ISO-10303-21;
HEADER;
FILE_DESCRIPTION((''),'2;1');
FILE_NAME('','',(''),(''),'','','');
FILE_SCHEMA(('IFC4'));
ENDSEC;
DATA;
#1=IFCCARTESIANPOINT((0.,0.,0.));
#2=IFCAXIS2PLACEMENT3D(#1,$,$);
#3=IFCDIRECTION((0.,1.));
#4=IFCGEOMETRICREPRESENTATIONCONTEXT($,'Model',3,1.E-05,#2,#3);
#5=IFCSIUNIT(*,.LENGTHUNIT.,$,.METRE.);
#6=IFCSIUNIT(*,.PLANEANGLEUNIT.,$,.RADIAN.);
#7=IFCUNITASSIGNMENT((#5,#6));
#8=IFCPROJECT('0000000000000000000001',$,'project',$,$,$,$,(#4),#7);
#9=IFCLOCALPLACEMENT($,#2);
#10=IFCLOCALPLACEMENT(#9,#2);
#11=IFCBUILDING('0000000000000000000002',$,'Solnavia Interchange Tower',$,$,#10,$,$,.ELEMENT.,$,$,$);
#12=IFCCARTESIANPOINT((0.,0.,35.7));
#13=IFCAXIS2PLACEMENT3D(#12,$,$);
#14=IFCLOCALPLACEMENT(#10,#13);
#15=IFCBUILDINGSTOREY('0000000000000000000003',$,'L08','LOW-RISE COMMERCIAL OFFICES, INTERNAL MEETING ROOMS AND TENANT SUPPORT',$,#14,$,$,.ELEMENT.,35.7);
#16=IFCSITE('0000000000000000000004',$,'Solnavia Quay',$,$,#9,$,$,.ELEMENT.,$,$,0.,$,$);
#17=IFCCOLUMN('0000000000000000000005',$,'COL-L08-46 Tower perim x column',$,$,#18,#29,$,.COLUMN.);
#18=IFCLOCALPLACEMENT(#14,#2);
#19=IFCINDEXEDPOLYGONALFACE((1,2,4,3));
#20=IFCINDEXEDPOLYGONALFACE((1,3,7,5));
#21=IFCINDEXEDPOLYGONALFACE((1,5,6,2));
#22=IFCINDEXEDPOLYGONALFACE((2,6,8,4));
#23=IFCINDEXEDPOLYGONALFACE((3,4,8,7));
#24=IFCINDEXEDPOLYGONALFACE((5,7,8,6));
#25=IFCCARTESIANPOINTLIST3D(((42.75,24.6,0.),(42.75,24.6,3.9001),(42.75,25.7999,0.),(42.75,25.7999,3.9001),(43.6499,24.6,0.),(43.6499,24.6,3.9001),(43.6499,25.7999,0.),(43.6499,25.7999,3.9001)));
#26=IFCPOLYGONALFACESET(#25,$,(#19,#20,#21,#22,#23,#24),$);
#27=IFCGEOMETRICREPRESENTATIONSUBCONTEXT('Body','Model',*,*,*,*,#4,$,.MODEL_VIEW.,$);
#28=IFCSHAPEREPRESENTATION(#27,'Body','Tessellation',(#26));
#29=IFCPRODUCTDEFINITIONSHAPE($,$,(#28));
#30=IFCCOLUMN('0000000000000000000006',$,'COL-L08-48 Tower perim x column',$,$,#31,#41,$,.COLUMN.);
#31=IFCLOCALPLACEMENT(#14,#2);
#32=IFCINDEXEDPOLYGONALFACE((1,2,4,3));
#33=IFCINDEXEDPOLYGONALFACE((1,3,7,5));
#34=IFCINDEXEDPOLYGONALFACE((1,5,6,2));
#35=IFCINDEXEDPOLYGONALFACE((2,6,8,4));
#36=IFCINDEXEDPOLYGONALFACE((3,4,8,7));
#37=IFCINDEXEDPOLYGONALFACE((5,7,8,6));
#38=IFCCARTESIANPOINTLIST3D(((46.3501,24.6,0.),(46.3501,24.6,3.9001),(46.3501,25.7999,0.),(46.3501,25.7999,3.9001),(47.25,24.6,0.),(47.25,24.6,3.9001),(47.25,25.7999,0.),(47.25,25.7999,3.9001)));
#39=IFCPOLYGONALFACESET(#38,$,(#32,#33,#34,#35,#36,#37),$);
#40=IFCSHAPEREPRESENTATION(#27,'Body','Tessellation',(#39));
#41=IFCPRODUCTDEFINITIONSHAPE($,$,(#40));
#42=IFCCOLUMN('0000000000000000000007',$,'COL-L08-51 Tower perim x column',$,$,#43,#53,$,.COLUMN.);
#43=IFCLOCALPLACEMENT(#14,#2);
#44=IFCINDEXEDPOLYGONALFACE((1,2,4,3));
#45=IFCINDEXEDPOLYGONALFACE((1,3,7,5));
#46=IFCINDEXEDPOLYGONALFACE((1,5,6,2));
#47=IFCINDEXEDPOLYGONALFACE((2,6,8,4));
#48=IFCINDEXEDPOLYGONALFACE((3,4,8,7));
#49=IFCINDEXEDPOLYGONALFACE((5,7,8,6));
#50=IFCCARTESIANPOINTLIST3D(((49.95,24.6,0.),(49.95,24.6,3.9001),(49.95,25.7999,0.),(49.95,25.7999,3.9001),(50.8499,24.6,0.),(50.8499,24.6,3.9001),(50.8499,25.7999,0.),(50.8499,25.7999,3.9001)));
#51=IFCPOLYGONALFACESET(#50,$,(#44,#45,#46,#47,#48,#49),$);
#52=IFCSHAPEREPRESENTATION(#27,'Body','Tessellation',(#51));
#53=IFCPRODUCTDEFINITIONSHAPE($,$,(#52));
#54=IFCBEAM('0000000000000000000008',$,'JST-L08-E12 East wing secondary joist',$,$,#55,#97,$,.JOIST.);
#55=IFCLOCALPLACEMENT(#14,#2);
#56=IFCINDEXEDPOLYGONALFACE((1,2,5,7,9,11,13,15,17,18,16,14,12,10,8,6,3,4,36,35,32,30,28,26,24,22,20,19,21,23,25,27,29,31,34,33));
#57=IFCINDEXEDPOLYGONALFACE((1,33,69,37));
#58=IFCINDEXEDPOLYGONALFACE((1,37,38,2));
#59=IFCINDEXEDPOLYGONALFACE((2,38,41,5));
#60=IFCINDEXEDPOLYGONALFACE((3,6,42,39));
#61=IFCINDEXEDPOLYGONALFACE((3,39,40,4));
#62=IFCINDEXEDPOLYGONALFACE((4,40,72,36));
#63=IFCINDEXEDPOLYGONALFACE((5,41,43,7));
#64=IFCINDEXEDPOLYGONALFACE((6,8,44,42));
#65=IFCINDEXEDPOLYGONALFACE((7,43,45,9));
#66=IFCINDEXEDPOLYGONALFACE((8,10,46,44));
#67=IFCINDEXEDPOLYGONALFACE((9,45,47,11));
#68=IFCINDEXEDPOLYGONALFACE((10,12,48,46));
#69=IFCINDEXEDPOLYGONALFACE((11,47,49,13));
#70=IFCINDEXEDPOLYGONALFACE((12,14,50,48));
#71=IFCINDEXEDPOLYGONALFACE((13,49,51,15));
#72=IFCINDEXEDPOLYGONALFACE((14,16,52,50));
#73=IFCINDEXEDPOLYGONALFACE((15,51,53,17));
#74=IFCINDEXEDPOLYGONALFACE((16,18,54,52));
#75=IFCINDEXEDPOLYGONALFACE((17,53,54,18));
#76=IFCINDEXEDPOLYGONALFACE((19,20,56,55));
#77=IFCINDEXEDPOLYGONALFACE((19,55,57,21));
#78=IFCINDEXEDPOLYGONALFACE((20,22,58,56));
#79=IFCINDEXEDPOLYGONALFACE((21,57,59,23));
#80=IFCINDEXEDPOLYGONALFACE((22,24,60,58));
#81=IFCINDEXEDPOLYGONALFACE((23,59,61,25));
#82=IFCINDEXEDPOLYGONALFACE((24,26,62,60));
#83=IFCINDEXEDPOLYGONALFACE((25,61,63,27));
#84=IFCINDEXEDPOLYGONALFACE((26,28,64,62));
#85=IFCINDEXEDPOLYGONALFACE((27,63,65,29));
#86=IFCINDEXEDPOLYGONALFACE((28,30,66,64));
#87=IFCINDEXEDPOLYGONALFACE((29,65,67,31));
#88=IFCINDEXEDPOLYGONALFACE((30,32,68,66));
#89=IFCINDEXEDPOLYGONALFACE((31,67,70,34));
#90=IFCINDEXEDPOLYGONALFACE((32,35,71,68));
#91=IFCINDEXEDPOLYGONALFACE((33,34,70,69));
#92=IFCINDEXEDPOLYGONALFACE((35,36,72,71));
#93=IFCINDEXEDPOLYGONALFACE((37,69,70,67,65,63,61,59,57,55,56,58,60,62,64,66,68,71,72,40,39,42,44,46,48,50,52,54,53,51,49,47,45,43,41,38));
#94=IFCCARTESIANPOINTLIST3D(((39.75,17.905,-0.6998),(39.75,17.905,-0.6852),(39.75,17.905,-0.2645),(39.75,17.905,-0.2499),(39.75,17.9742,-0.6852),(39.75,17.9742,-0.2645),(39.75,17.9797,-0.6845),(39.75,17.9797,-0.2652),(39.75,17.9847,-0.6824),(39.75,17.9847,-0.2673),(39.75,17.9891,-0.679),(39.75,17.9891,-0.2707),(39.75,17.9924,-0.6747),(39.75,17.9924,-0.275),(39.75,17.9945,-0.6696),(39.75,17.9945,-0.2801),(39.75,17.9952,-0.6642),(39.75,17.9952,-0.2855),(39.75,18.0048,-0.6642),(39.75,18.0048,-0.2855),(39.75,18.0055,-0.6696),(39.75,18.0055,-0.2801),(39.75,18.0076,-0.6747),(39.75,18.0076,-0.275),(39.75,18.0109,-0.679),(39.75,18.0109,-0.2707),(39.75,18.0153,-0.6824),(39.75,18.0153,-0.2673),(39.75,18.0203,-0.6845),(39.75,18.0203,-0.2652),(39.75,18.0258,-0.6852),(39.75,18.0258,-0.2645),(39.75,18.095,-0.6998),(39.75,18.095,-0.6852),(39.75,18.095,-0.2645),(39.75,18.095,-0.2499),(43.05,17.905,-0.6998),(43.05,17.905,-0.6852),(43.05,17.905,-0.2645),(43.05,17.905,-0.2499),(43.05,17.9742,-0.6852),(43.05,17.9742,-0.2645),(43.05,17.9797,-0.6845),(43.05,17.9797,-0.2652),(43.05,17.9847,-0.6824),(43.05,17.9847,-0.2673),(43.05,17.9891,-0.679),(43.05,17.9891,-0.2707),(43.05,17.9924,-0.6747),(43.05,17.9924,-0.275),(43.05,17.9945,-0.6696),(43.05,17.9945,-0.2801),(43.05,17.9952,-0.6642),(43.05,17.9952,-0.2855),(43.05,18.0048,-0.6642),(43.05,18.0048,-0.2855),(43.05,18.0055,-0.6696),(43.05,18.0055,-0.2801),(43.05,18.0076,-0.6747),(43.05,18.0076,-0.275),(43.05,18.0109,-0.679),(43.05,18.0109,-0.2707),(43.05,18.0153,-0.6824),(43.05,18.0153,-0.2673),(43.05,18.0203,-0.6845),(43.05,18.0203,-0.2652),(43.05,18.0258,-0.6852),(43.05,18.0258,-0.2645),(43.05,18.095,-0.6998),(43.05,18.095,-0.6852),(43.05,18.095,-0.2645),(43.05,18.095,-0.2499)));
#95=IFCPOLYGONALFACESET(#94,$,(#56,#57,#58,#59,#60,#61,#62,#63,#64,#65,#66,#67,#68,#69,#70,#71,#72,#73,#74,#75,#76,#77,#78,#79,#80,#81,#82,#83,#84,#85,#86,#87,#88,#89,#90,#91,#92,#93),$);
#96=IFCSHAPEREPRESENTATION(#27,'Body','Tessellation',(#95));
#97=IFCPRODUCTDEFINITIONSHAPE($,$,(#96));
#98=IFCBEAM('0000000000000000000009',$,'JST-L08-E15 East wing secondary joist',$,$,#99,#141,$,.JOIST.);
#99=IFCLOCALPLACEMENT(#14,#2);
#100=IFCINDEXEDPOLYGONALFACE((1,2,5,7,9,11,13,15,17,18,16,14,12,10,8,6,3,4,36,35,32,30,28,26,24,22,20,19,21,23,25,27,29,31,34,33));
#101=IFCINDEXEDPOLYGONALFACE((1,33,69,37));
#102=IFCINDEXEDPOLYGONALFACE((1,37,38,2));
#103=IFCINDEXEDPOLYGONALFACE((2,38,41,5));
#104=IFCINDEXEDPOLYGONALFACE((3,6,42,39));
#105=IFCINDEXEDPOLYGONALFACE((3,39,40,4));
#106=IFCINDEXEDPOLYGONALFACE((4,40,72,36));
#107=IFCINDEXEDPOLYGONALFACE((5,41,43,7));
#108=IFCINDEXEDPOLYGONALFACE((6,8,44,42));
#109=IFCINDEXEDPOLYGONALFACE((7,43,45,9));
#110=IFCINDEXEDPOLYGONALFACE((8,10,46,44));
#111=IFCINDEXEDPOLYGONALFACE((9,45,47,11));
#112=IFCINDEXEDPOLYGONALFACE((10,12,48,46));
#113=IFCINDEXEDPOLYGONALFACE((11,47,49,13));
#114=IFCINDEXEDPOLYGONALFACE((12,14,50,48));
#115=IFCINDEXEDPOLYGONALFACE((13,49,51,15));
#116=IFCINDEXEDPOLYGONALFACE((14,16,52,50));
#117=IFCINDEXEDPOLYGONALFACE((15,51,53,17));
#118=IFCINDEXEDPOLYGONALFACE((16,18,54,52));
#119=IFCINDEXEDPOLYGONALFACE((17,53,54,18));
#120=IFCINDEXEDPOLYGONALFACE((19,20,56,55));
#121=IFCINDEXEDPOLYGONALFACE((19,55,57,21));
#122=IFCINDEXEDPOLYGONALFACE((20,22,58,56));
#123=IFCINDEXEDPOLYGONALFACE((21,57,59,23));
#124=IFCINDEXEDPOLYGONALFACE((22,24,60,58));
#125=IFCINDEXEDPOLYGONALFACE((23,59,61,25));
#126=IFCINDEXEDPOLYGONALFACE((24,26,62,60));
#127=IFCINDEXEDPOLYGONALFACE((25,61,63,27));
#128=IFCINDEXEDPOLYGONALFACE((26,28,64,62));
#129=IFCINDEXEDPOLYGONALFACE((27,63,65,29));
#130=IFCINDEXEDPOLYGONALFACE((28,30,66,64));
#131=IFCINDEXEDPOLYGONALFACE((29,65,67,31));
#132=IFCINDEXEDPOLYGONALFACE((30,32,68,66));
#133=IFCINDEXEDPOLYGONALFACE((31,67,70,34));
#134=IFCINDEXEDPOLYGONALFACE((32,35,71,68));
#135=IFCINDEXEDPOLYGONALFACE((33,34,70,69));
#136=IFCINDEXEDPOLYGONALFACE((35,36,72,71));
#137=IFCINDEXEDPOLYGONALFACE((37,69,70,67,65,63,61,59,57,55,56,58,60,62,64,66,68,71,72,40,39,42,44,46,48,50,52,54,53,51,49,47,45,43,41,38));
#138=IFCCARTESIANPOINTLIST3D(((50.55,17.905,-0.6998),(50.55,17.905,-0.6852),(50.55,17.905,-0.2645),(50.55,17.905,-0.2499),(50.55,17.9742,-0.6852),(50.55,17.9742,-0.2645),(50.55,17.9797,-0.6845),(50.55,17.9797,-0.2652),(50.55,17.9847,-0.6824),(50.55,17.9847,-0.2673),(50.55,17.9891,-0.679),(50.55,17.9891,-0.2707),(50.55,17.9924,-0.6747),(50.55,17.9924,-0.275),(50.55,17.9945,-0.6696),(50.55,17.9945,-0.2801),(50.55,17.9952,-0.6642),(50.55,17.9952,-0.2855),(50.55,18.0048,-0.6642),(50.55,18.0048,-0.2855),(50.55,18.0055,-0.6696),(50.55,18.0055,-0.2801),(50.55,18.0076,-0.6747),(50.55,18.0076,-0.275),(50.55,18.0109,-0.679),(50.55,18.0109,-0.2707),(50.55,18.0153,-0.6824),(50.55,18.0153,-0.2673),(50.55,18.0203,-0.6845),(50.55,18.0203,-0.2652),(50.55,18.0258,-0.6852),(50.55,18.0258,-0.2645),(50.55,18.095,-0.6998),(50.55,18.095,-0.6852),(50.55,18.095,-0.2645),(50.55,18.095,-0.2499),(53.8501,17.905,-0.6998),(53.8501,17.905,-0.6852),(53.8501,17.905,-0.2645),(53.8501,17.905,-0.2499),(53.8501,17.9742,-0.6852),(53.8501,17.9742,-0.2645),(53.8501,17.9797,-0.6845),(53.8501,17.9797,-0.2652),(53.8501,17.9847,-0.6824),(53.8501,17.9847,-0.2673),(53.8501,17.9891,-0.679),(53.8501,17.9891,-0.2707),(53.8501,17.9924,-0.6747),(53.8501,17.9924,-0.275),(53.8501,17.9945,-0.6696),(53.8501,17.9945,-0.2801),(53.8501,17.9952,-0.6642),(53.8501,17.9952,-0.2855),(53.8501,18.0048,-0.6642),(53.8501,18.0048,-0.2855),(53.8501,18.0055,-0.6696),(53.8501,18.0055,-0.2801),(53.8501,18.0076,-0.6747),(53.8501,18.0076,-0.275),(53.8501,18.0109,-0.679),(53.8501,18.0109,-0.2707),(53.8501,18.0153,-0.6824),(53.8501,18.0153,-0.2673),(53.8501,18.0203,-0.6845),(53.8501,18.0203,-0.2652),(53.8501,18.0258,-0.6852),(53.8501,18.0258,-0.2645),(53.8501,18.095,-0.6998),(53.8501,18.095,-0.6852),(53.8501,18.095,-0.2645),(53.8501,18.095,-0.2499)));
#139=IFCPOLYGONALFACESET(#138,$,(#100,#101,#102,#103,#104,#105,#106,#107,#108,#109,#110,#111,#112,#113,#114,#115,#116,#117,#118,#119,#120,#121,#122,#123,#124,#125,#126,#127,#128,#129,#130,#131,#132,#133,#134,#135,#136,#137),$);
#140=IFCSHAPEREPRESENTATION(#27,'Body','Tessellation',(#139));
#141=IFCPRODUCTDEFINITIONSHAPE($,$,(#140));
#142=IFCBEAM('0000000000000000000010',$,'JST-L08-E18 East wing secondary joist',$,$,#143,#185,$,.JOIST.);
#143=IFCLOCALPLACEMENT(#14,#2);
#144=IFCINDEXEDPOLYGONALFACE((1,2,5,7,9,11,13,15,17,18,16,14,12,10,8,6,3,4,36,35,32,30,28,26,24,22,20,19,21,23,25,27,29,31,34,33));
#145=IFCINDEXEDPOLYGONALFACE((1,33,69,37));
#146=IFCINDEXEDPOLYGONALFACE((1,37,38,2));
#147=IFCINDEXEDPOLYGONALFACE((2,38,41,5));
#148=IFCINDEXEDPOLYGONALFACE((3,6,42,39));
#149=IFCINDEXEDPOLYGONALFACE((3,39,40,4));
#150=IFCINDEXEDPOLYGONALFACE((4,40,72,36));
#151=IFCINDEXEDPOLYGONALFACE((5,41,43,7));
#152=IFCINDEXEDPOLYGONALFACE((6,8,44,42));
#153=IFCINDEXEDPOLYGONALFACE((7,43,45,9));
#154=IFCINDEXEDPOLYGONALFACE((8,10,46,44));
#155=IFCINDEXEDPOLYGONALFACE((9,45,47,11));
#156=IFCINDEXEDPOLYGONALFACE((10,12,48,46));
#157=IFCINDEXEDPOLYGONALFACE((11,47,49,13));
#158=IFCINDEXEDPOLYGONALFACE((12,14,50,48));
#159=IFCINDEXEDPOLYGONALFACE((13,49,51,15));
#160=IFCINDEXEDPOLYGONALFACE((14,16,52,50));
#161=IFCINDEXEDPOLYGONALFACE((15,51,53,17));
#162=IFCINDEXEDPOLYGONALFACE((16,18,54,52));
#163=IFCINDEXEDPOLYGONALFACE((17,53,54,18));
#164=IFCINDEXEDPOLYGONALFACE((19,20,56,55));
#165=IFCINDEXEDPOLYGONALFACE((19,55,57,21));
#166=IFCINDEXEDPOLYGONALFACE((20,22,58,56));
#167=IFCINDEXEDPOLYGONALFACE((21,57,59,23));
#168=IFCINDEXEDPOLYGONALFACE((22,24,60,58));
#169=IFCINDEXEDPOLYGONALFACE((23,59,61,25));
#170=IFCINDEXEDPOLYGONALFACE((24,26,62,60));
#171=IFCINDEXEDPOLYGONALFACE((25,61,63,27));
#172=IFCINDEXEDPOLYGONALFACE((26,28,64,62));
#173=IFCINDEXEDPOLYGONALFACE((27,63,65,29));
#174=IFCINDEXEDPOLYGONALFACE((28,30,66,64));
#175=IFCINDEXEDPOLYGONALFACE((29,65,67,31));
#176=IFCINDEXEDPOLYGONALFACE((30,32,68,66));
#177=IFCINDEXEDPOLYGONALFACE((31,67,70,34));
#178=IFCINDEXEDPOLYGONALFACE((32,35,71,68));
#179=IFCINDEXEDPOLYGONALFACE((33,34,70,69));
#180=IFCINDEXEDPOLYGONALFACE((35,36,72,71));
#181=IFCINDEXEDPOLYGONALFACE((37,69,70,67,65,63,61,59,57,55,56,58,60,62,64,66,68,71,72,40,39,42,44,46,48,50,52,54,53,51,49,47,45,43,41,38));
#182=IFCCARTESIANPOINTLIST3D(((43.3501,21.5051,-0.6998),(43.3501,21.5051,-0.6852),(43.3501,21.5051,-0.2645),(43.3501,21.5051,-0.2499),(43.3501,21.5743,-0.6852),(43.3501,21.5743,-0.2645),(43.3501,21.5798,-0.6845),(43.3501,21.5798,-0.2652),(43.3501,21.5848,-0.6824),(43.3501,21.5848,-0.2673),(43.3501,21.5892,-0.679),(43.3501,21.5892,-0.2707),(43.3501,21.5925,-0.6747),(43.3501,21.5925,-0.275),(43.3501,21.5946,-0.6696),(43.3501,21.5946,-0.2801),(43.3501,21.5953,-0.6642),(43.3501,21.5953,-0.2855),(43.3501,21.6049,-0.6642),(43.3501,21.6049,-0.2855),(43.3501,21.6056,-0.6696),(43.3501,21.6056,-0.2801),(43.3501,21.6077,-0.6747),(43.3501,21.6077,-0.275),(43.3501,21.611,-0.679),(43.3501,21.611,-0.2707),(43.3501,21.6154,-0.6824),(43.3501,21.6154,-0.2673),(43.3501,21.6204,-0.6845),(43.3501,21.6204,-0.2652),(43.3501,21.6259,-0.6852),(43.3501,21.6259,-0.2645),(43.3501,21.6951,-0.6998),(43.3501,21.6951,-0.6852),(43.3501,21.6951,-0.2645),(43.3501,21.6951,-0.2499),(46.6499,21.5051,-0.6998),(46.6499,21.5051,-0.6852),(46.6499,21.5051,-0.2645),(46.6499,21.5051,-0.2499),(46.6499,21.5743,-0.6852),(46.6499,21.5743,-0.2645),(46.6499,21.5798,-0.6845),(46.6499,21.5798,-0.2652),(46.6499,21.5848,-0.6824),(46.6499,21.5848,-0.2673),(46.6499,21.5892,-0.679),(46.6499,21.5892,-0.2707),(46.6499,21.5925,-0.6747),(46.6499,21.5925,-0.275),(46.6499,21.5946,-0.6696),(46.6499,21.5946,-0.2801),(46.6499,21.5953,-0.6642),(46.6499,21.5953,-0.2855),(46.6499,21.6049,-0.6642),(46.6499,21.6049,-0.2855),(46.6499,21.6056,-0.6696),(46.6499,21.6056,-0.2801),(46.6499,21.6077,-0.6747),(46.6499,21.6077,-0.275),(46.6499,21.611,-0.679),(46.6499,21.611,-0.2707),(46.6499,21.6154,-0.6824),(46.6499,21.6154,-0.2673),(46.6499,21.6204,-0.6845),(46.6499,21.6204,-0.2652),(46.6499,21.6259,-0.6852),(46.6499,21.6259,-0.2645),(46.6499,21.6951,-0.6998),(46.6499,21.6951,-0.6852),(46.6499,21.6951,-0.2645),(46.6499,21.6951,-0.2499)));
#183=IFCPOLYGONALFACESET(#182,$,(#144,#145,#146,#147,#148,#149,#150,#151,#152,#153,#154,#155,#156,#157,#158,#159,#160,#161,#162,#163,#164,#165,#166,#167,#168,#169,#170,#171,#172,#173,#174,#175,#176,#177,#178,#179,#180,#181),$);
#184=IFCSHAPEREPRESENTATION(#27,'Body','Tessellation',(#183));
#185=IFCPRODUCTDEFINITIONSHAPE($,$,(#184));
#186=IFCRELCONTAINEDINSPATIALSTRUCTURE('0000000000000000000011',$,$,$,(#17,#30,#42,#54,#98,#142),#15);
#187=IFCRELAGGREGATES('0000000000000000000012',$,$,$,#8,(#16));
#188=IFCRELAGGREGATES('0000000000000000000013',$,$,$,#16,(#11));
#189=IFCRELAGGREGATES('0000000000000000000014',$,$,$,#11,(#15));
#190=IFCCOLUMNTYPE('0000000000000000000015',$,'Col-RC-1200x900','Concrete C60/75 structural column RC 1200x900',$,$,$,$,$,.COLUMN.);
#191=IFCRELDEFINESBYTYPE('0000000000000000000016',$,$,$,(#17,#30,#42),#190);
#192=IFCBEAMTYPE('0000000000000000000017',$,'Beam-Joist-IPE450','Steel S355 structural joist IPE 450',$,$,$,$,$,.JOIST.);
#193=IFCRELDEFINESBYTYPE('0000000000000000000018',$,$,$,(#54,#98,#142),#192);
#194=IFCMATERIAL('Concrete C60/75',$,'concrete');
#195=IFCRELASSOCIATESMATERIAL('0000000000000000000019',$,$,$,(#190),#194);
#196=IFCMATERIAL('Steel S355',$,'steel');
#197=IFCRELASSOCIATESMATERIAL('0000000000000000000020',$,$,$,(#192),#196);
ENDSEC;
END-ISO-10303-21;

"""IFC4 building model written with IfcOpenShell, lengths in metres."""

from ifc_helpers import new_model, si_unit, direction, frame, origin, origin_2d, place, context, subcontext, project, spatial, rectangle, i_section, extrude, material, material_profile, profile_set, type_object, element, save


model = new_model("IFC4")

# Units and contexts
model_context = context("Model", 3, precision=1e-05, world=origin(), true_north=direction((0.0, 1.0)))
body_context = subcontext(model_context, "Body", "Model", "MODEL_VIEW")
ifc_project = project(units=[si_unit("LENGTHUNIT", "METRE"), si_unit("PLANEANGLEUNIT", "RADIAN")], contexts=[model_context])

# Site, building, storey
site_placement = place(None, origin())
site = spatial("IfcSite", under=ifc_project, at=site_placement, Name="Solnavia Quay", CompositionType="ELEMENT", RefElevation=0.0)
building_placement = place(site_placement, origin())
building = spatial("IfcBuilding", under=site, at=building_placement, Name="Solnavia Interchange Tower", CompositionType="ELEMENT")
storey_placement = place(building_placement, frame((0.0, 0.0, 35.7)))
storey = spatial("IfcBuildingStorey", under=building, at=storey_placement, Name="L08", Description="LOW-RISE COMMERCIAL OFFICES, INTERNAL MEETING ROOMS AND TENANT SUPPORT", CompositionType="ELEMENT", Elevation=35.7)

# Columns
ifc_material_1 = material(Name="Concrete C60/75", Category="concrete")
ifc_material_profile_1 = material_profile(ifc_material_1, rectangle(XDim=0.8999, YDim=1.2, at=origin_2d()), Name="RC 1200x900")
ifc_profile_set_1 = profile_set([ifc_material_profile_1], Name="Concrete C60/75")
column_type = type_object("IfcColumnType", Name="Col-RC-1200x900", Description="Concrete C60/75 structural column RC 1200x900", PredefinedType="COLUMN", material=ifc_profile_set_1)
for number, where, z_axis, x_axis, name in (
    (1, (43.2, 25.2, 0.0), (0.0, 0.0, 1.0), (1.0, 0.0, 0.0), "COL-L08-46 Tower perim x column"),
    (2, (46.8, 25.2, 0.0), (0.0, 0.0, 1.0), (1.0, 0.0, 0.0), "COL-L08-48 Tower perim x column"),
    (3, (50.3999, 25.2, 0.0), (0.0, 0.0, 1.0), (1.0, 0.0, 0.0), "COL-L08-51 Tower perim x column"),
):
    element("IfcColumn", number, at=place(storey_placement, frame(where, z_axis=z_axis, x_axis=x_axis)), inside=storey, type_object=column_type, Name=name, PredefinedType="COLUMN", context=body_context, shape_type="SweptSolid", body=[
        extrude(rectangle(XDim=0.8999, YDim=1.2, at=origin_2d()), origin(), (0.0, 0.0, 1.0), 3.9001),
    ])

# Beams
ifc_material_2 = material(Name="Steel S355", Category="steel")
ifc_material_profile_2 = material_profile(ifc_material_2, i_section(OverallWidth=0.1899, OverallDepth=0.45, WebThickness=0.0095, FlangeThickness=0.0146, FilletRadius=0.021, at=origin_2d()), Name="IPE 450")
ifc_profile_set_2 = profile_set([ifc_material_profile_2], Name="Steel S355")
beam_type_1 = type_object("IfcBeamType", Name="Beam-Joist-IPE450", Description="Steel S355 structural joist IPE 450", PredefinedType="JOIST", material=ifc_profile_set_2)
for number, where, z_axis, x_axis, name in (
    (4, (39.75, 18.0, -0.4749), (1.0, 0.0, 0.0), (0.0, 1.0, 0.0), "JST-L08-E12 East wing secondary joist"),
    (5, (50.55, 18.0, -0.4749), (1.0, 0.0, 0.0), (0.0, 1.0, 0.0), "JST-L08-E15 East wing secondary joist"),
):
    element("IfcBeam", number, at=place(storey_placement, frame(where, z_axis=z_axis, x_axis=x_axis)), inside=storey, type_object=beam_type_1, Name=name, PredefinedType="JOIST", context=body_context, shape_type="SweptSolid", body=[
        extrude(i_section(OverallWidth=0.1899, OverallDepth=0.45, WebThickness=0.0095, FlangeThickness=0.0146, FilletRadius=0.021, at=origin_2d()), origin(), (0.0, 0.0, 1.0), 3.3),
    ])
beam_1_placement = place(storey_placement, frame((43.3501, 21.6001, -0.4749), z_axis=(1.0, 0.0, 0.0), x_axis=(0.0, 1.0, 0.0)))
element("IfcBeam", 6, at=beam_1_placement, inside=storey, type_object=beam_type_1, Name="JST-L08-E18 East wing secondary joist", PredefinedType="JOIST", context=body_context, shape_type="SweptSolid", body=[
    extrude(i_section(OverallWidth=0.1899, OverallDepth=0.45, WebThickness=0.0095, FlangeThickness=0.0146, FilletRadius=0.021, at=origin_2d()), origin(), (0.0, 0.0, 1.0), 3.2998),
])

save(model, "model.ifc")
